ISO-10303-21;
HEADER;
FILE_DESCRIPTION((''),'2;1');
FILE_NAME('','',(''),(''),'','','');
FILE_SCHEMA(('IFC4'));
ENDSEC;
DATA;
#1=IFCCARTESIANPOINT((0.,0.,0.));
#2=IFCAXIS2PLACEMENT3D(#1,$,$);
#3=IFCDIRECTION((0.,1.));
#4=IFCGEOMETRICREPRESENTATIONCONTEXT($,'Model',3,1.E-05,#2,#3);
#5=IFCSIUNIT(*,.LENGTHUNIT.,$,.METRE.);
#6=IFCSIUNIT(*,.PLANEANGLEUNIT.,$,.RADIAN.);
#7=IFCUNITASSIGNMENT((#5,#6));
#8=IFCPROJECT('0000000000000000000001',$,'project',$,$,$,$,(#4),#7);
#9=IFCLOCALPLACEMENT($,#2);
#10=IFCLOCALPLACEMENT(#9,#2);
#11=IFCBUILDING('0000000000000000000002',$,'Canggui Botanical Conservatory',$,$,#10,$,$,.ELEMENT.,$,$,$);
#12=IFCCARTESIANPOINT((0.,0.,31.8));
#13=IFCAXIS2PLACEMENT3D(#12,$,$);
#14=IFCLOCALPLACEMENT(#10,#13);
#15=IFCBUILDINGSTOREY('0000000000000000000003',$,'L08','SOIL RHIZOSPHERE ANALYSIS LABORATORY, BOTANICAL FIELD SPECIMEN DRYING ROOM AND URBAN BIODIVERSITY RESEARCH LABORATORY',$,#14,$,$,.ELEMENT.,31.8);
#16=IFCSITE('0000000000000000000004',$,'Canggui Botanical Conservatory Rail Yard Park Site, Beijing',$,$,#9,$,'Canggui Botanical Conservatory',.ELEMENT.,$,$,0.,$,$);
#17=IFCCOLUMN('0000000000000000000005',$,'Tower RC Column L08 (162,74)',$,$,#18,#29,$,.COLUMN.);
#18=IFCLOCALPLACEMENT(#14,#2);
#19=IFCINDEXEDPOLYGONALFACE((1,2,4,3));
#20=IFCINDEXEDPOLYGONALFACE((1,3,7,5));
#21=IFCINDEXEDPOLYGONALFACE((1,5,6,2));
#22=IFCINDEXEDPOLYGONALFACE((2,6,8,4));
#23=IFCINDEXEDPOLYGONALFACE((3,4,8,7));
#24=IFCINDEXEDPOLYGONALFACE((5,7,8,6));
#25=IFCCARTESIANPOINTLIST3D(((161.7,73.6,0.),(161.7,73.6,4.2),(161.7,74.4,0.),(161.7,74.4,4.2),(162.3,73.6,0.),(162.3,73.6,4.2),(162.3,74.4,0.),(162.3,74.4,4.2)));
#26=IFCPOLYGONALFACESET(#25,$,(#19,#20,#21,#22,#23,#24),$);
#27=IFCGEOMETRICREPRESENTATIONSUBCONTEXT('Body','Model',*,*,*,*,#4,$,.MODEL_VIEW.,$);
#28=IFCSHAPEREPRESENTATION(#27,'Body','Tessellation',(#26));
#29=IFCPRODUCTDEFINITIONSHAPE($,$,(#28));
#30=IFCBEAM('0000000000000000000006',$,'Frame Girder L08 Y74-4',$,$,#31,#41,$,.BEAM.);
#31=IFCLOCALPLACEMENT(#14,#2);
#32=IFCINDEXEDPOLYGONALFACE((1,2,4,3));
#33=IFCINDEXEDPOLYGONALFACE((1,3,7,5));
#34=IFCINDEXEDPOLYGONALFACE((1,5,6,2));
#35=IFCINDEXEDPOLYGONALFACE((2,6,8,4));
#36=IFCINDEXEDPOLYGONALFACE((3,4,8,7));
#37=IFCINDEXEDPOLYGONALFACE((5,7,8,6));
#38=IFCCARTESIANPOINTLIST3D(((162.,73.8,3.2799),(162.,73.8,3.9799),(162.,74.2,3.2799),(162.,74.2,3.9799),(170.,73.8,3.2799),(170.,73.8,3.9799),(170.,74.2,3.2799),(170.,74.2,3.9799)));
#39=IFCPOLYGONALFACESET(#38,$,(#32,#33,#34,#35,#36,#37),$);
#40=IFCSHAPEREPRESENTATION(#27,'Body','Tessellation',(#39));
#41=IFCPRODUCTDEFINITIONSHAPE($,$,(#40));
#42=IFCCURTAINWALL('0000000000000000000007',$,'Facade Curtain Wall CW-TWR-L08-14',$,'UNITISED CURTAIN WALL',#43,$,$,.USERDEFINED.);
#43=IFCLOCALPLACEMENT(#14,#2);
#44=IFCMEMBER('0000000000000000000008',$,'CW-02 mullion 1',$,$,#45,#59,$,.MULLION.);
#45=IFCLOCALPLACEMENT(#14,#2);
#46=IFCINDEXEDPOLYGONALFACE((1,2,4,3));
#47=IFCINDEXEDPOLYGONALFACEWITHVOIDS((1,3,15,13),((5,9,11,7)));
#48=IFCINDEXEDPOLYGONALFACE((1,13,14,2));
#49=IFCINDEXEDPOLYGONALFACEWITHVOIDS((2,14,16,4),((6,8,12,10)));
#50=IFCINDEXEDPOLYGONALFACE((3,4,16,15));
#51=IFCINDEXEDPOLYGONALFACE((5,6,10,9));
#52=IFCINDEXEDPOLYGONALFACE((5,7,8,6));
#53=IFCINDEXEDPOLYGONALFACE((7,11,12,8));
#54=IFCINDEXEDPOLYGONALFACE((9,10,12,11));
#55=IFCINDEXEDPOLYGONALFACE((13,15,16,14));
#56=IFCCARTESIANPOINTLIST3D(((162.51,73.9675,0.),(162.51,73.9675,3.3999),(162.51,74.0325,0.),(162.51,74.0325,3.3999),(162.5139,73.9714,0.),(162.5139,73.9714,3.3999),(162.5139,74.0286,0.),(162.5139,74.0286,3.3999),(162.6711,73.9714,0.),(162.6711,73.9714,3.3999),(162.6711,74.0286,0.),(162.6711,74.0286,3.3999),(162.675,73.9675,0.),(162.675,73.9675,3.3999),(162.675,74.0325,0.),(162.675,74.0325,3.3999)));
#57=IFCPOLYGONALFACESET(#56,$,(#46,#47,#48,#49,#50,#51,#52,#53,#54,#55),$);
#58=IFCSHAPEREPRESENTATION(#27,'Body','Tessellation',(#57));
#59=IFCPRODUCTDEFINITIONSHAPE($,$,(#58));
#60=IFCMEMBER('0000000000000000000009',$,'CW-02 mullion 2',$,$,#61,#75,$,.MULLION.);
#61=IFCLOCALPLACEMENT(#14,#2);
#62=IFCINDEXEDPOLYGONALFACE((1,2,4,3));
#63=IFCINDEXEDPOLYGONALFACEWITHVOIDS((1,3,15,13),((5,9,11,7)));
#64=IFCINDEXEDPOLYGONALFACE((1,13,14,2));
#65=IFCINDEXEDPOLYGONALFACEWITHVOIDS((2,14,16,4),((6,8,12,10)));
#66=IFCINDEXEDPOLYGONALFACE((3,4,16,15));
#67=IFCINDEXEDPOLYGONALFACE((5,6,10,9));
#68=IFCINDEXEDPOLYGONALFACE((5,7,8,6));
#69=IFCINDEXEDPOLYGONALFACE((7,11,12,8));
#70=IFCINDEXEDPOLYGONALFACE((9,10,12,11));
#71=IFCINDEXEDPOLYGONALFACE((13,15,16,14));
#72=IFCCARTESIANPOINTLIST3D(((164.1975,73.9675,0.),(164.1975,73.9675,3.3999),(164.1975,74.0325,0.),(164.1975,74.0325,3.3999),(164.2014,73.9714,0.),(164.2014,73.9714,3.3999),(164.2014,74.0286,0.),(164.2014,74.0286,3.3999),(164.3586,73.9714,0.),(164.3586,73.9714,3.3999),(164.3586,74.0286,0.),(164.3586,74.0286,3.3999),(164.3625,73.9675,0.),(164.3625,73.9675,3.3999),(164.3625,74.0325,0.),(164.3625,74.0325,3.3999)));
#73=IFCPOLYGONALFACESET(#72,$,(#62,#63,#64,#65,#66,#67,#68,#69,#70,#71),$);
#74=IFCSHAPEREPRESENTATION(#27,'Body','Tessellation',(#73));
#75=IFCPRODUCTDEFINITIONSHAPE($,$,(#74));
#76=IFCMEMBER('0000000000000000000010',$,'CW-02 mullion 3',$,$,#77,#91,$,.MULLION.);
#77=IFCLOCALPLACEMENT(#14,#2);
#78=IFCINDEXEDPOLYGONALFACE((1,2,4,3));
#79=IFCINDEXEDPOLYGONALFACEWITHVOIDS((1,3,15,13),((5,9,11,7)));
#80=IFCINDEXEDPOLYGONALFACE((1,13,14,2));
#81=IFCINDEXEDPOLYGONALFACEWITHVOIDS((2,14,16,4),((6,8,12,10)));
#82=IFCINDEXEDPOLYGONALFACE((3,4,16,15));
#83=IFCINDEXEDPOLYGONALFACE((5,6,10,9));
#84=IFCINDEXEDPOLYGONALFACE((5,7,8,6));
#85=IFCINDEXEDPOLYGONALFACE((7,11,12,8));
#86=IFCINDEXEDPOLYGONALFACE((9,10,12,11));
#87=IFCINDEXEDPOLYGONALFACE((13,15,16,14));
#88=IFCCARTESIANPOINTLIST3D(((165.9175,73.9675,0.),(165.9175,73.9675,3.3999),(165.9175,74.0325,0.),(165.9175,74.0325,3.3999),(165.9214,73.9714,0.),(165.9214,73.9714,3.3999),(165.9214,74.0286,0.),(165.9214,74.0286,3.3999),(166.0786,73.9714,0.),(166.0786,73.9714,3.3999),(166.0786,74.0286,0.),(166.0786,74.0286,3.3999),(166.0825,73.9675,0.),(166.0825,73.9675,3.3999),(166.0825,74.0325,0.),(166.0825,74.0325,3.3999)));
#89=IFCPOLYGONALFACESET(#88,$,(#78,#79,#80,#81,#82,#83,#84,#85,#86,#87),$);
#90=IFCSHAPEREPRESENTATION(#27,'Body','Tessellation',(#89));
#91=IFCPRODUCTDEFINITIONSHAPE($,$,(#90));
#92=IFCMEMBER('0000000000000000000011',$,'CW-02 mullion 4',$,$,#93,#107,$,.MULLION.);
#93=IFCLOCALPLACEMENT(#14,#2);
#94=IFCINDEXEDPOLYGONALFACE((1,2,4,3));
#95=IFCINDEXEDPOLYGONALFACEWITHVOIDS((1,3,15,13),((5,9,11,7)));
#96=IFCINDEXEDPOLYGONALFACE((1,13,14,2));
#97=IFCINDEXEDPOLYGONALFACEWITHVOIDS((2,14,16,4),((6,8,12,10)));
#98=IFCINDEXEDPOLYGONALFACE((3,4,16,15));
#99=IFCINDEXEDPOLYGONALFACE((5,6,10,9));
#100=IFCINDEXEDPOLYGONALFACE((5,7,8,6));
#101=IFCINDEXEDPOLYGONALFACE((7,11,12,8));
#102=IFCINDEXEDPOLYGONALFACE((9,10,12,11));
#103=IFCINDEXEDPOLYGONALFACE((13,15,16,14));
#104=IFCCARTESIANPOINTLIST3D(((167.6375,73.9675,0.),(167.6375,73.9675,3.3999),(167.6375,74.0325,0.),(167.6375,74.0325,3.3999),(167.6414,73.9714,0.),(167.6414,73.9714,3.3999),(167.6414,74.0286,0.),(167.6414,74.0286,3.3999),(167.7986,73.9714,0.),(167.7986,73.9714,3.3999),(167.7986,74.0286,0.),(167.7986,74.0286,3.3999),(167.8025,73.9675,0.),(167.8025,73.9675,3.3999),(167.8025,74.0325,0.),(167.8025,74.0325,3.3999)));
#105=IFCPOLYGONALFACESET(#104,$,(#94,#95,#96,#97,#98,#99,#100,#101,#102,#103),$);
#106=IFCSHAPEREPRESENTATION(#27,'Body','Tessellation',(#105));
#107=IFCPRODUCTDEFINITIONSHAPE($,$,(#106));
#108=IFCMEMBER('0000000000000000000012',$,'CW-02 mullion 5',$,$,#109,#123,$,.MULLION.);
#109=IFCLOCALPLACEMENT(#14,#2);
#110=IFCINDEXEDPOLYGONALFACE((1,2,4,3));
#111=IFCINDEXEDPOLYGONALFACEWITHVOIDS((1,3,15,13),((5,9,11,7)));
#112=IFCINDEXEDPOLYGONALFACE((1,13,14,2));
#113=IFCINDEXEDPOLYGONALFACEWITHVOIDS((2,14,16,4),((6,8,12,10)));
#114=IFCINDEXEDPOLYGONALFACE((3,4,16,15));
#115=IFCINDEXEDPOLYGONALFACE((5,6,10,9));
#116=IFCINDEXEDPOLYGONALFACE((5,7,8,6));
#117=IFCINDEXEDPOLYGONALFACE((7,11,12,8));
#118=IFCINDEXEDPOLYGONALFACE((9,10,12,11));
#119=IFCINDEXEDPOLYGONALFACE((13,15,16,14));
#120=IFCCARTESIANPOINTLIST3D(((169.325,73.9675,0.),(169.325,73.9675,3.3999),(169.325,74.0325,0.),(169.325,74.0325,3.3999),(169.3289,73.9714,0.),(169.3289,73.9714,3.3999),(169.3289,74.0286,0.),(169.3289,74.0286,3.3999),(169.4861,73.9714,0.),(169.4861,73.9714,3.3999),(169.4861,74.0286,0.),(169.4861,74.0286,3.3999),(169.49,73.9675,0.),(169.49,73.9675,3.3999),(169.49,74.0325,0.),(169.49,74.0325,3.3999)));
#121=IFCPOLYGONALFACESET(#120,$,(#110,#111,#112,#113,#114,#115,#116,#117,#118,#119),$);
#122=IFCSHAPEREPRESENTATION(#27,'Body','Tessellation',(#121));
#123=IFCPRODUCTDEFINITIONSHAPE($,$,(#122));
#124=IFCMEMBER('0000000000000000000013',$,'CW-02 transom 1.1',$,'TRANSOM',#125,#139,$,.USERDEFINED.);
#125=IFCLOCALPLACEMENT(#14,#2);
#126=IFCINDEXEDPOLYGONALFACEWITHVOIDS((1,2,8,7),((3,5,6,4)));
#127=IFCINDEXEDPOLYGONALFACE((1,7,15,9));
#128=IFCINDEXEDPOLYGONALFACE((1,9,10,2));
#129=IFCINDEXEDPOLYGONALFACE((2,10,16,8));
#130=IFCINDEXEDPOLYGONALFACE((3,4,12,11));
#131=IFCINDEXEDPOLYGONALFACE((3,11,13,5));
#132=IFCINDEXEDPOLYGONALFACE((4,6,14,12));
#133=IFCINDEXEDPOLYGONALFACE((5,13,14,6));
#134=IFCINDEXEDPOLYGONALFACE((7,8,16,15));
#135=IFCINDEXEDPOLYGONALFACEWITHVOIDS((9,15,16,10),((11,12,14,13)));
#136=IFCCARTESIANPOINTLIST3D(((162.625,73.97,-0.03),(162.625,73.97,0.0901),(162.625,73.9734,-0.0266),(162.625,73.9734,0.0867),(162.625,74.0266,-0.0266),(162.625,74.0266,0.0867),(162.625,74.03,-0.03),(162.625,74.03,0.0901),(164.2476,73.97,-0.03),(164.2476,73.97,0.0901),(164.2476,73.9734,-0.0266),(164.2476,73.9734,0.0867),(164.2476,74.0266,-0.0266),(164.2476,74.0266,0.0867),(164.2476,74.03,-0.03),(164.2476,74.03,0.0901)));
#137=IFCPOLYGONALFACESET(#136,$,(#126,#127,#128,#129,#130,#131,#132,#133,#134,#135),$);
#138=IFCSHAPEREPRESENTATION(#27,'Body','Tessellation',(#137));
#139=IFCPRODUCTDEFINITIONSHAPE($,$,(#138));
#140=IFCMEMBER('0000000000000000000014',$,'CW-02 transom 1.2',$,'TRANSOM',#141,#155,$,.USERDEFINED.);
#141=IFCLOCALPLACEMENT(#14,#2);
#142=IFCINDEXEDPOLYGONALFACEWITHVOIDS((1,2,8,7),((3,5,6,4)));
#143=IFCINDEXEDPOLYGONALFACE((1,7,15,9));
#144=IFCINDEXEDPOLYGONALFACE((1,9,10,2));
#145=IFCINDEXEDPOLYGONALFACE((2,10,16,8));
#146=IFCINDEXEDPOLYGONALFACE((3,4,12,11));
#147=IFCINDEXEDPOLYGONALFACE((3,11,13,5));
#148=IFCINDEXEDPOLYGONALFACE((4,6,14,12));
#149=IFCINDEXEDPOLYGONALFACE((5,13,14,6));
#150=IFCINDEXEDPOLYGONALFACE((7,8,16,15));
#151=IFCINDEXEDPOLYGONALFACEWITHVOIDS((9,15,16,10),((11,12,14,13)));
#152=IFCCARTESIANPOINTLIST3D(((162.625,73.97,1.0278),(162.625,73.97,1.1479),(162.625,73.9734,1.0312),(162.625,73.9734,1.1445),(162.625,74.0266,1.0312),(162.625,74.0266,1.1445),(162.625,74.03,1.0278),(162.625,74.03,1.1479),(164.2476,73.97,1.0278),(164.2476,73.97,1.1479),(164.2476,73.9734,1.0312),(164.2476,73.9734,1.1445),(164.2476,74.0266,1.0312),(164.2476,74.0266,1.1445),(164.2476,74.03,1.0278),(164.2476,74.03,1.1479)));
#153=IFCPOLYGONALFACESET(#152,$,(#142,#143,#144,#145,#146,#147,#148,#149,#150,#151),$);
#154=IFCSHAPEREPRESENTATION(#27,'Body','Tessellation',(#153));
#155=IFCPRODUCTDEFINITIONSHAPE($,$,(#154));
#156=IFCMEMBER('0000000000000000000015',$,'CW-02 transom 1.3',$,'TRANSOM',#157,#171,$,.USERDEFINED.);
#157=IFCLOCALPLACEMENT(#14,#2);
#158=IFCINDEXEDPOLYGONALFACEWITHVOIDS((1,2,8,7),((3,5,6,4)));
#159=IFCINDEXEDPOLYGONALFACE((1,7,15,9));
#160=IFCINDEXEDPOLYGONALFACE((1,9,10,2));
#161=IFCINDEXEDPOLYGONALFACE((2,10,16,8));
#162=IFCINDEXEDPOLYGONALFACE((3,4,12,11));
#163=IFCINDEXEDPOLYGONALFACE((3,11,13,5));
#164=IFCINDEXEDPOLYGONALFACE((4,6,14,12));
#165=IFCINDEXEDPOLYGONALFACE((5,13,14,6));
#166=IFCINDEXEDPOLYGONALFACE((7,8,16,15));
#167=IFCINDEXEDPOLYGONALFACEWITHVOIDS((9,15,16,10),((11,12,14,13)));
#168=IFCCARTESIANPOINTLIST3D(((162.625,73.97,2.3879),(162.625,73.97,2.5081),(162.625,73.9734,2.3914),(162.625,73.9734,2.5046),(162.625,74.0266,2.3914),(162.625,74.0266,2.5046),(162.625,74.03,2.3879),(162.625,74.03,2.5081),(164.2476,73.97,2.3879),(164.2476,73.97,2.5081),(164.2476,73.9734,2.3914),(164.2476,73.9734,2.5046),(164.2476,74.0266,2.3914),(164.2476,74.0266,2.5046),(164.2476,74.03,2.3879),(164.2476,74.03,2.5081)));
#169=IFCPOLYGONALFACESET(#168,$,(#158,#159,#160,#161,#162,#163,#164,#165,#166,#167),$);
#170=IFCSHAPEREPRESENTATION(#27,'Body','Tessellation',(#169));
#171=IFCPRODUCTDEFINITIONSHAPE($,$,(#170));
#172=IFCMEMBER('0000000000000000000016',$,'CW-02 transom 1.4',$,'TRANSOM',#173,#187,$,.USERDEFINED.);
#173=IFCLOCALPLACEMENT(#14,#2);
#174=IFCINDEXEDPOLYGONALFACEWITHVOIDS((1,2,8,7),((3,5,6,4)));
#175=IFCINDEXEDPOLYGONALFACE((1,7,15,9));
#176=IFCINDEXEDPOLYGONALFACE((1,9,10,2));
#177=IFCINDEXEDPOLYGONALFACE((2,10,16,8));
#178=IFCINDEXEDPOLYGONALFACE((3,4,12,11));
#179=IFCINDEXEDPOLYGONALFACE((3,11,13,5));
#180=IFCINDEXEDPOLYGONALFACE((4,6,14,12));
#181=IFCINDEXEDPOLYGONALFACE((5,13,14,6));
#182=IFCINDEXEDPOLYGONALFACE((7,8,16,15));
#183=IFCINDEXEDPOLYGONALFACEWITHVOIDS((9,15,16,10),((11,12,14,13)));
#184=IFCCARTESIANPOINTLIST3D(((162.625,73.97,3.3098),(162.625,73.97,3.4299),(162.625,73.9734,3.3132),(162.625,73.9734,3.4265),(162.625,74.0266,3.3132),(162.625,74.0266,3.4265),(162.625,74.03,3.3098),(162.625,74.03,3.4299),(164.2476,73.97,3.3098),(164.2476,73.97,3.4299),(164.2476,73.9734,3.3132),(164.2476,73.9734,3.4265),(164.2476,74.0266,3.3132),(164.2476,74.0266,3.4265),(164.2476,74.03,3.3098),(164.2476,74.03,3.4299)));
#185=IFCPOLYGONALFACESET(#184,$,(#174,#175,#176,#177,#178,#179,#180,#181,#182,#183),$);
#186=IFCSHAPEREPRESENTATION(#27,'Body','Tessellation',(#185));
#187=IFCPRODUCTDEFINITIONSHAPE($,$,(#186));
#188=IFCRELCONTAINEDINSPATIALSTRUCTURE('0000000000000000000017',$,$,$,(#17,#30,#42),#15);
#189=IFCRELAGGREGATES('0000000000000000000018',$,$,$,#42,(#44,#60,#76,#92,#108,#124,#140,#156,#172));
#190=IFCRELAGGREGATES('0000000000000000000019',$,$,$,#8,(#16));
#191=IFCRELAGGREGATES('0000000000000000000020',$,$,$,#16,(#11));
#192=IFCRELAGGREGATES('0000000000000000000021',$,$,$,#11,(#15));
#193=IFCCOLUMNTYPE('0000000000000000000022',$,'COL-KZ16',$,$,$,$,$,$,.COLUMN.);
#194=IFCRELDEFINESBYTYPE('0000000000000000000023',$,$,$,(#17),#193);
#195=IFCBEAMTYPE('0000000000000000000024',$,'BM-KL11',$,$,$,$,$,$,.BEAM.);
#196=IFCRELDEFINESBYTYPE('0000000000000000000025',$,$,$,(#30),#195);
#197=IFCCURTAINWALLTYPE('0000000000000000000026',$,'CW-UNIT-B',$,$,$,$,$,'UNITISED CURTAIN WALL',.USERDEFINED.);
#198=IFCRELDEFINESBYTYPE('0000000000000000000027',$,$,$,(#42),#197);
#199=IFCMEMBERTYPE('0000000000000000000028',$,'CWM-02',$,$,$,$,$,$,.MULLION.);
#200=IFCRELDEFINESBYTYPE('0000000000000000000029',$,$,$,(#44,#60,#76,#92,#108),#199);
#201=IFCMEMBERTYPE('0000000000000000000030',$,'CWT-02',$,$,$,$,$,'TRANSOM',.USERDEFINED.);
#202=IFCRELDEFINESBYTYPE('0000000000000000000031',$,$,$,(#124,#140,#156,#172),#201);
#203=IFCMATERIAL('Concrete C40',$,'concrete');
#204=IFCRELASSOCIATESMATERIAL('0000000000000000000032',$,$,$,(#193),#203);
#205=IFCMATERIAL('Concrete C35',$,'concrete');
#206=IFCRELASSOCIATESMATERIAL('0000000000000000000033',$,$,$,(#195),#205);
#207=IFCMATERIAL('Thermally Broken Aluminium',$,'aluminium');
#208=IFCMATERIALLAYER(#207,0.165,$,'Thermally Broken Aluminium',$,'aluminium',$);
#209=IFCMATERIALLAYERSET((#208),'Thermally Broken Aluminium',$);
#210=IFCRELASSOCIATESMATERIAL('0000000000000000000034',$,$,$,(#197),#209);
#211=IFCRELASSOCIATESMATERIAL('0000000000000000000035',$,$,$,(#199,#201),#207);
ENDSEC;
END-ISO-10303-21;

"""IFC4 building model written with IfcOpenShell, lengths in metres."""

from ifc_helpers import new_model, si_unit, direction, frame, origin, origin_2d, place, context, subcontext, project, spatial, rectangle, hollow_rectangle, extrude, material, layer, layer_set, material_profile, profile_set, type_object, element, aggregate, save


model = new_model("IFC4")

# Units and contexts
model_context = context("Model", 3, precision=1e-05, world=origin(), true_north=direction((0.0, 1.0)))
body_context = subcontext(model_context, "Body", "Model", "MODEL_VIEW")
ifc_project = project(units=[si_unit("LENGTHUNIT", "METRE"), si_unit("PLANEANGLEUNIT", "RADIAN")], contexts=[model_context])

# Site, building, storey
site_placement = place(None, origin())
site = spatial("IfcSite", under=ifc_project, at=site_placement, Name="Canggui Botanical Conservatory Rail Yard Park Site, Beijing", LongName="Canggui Botanical Conservatory", CompositionType="ELEMENT", RefElevation=0.0)
building_placement = place(site_placement, origin())
building = spatial("IfcBuilding", under=site, at=building_placement, Name="Canggui Botanical Conservatory", CompositionType="ELEMENT")
storey_placement = place(building_placement, frame((0.0, 0.0, 31.8)))
storey = spatial("IfcBuildingStorey", under=building, at=storey_placement, Name="L08", Description="SOIL RHIZOSPHERE ANALYSIS LABORATORY, BOTANICAL FIELD SPECIMEN DRYING ROOM AND URBAN BIODIVERSITY RESEARCH LABORATORY", CompositionType="ELEMENT", Elevation=31.8)

# Column
ifc_material_1 = material(Name="Concrete C40", Category="concrete")
ifc_material_profile_1 = material_profile(ifc_material_1, rectangle(XDim=0.6001, YDim=0.8, at=origin_2d()), Name="RC 600x800")
ifc_profile_set_1 = profile_set([ifc_material_profile_1], Name="Concrete C40")
column_type = type_object("IfcColumnType", Name="COL-KZ16", PredefinedType="COLUMN", material=ifc_profile_set_1)
column_placement = place(storey_placement, frame((162.0, 74.0, 0.0), z_axis=(0.0, 0.0, 1.0), x_axis=(1.0, 0.0, 0.0)))
element("IfcColumn", 1, at=column_placement, inside=storey, type_object=column_type, Name="Tower RC Column L08 (162,74)", PredefinedType="COLUMN", context=body_context, shape_type="SweptSolid", body=[
    extrude(rectangle(XDim=0.6001, YDim=0.8, at=origin_2d()), origin(), (0.0, 0.0, 1.0), 4.2),
])

# Beam
ifc_material_2 = material(Name="Concrete C35", Category="concrete")
ifc_material_profile_2 = material_profile(ifc_material_2, rectangle(XDim=0.3999, YDim=0.7, at=origin_2d()), Name="RB 400x700")
ifc_profile_set_2 = profile_set([ifc_material_profile_2], Name="Concrete C35")
beam_type = type_object("IfcBeamType", Name="BM-KL11", PredefinedType="BEAM", material=ifc_profile_set_2)
beam_placement = place(storey_placement, frame((162.0, 74.0, 3.6299), z_axis=(1.0, 0.0, 0.0), x_axis=(0.0, 1.0, 0.0)))
element("IfcBeam", 2, at=beam_placement, inside=storey, type_object=beam_type, Name="Frame Girder L08 Y74-4", PredefinedType="BEAM", context=body_context, shape_type="SweptSolid", body=[
    extrude(rectangle(XDim=0.3999, YDim=0.7, at=origin_2d()), origin(), (0.0, 0.0, 1.0), 8.0),
])

# Curtain wall, members
ifc_material_3 = material(Name="Thermally Broken Aluminium", Category="aluminium")
ifc_layer_1 = layer(ifc_material_3, 0.165, Name="Thermally Broken Aluminium", Category="aluminium")
ifc_layer_set_1 = layer_set([ifc_layer_1], Name="Thermally Broken Aluminium")
curtain_wall_type = type_object("IfcCurtainWallType", Name="CW-UNIT-B", ElementType="UNITISED CURTAIN WALL", PredefinedType="USERDEFINED", material=ifc_layer_set_1)
curtain_wall_placement = place(storey_placement, origin())
curtain_wall = element("IfcCurtainWall", 3, at=curtain_wall_placement, inside=storey, type_object=curtain_wall_type, Name="Facade Curtain Wall CW-TWR-L08-14", ObjectType="UNITISED CURTAIN WALL", PredefinedType="USERDEFINED")
ifc_material_profile_3 = material_profile(ifc_material_3, hollow_rectangle(XDim=0.0649, YDim=0.165, WallThickness=0.0039, at=origin_2d()), Name="CWM 65x165x4")
ifc_profile_set_3 = profile_set([ifc_material_profile_3], Name="Thermally Broken Aluminium")
member_type_1 = type_object("IfcMemberType", Name="CWM-02", PredefinedType="MULLION", material=ifc_profile_set_3)
member_1_placement = place(storey_placement, frame((162.5925, 74.0, 0.0), z_axis=(0.0, 0.0, 1.0), x_axis=(0.0, 1.0, 0.0)))
member_1 = element("IfcMember", 4, at=member_1_placement, type_object=member_type_1, Name="CW-02 mullion 1", PredefinedType="MULLION", context=body_context, shape_type="SweptSolid", body=[
    extrude(hollow_rectangle(XDim=0.0649, YDim=0.165, WallThickness=0.0039, at=origin_2d()), origin(), (0.0, 0.0, 1.0), 3.3999),
])
member_2_placement = place(storey_placement, frame((164.28, 74.0, 0.0), z_axis=(0.0, 0.0, 1.0), x_axis=(0.0, 1.0, 0.0)))
member_2 = element("IfcMember", 5, at=member_2_placement, type_object=member_type_1, Name="CW-02 mullion 2", PredefinedType="MULLION", context=body_context, shape_type="SweptSolid", body=[
    extrude(hollow_rectangle(XDim=0.0649, YDim=0.165, WallThickness=0.0039, at=origin_2d()), origin(), (0.0, 0.0, 1.0), 3.3999),
])
member_3_placement = place(storey_placement, frame((166.0, 74.0, 0.0), z_axis=(0.0, 0.0, 1.0), x_axis=(0.0, 1.0, 0.0)))
member_3 = element("IfcMember", 6, at=member_3_placement, type_object=member_type_1, Name="CW-02 mullion 3", PredefinedType="MULLION", context=body_context, shape_type="SweptSolid", body=[
    extrude(hollow_rectangle(XDim=0.0649, YDim=0.165, WallThickness=0.0039, at=origin_2d()), origin(), (0.0, 0.0, 1.0), 3.3999),
])
member_4_placement = place(storey_placement, frame((167.72, 74.0, 0.0), z_axis=(0.0, 0.0, 1.0), x_axis=(0.0, 1.0, 0.0)))
member_4 = element("IfcMember", 7, at=member_4_placement, type_object=member_type_1, Name="CW-02 mullion 4", PredefinedType="MULLION", context=body_context, shape_type="SweptSolid", body=[
    extrude(hollow_rectangle(XDim=0.0649, YDim=0.165, WallThickness=0.0039, at=origin_2d()), origin(), (0.0, 0.0, 1.0), 3.3999),
])
member_5_placement = place(storey_placement, frame((169.4075, 74.0, 0.0), z_axis=(0.0, 0.0, 1.0), x_axis=(0.0, 1.0, 0.0)))
member_5 = element("IfcMember", 8, at=member_5_placement, type_object=member_type_1, Name="CW-02 mullion 5", PredefinedType="MULLION", context=body_context, shape_type="SweptSolid", body=[
    extrude(hollow_rectangle(XDim=0.0649, YDim=0.165, WallThickness=0.0039, at=origin_2d()), origin(), (0.0, 0.0, 1.0), 3.3999),
])
ifc_material_profile_4 = material_profile(ifc_material_3, hollow_rectangle(XDim=0.0601, YDim=0.1201, WallThickness=0.0034, at=origin_2d()), Name="CWT 60x120x3.5")
ifc_profile_set_4 = profile_set([ifc_material_profile_4], Name="Thermally Broken Aluminium")
member_type_2 = type_object("IfcMemberType", Name="CWT-02", ElementType="TRANSOM", PredefinedType="USERDEFINED", material=ifc_profile_set_4)
member_6_placement = place(storey_placement, frame((162.625, 74.0, 0.03), z_axis=(1.0, 0.0, 0.0), x_axis=(0.0, 1.0, 0.0)))
member_6 = element("IfcMember", 9, at=member_6_placement, type_object=member_type_2, Name="CW-02 transom 1.1", ObjectType="TRANSOM", PredefinedType="USERDEFINED", context=body_context, shape_type="SweptSolid", body=[
    extrude(hollow_rectangle(XDim=0.0601, YDim=0.1201, WallThickness=0.0034, at=origin_2d()), origin(), (0.0, 0.0, 1.0), 1.6226),
])
member_7_placement = place(storey_placement, frame((162.625, 74.0, 1.0879), z_axis=(1.0, 0.0, 0.0), x_axis=(0.0, 1.0, 0.0)))
member_7 = element("IfcMember", 10, at=member_7_placement, type_object=member_type_2, Name="CW-02 transom 1.2", ObjectType="TRANSOM", PredefinedType="USERDEFINED", context=body_context, shape_type="SweptSolid", body=[
    extrude(hollow_rectangle(XDim=0.0601, YDim=0.1201, WallThickness=0.0034, at=origin_2d()), origin(), (0.0, 0.0, 1.0), 1.6226),
])
member_8_placement = place(storey_placement, frame((162.625, 74.0, 2.448), z_axis=(1.0, 0.0, 0.0), x_axis=(0.0, 1.0, 0.0)))
member_8 = element("IfcMember", 11, at=member_8_placement, type_object=member_type_2, Name="CW-02 transom 1.3", ObjectType="TRANSOM", PredefinedType="USERDEFINED", context=body_context, shape_type="SweptSolid", body=[
    extrude(hollow_rectangle(XDim=0.0601, YDim=0.1201, WallThickness=0.0034, at=origin_2d()), origin(), (0.0, 0.0, 1.0), 1.6226),
])
member_9_placement = place(storey_placement, frame((162.625, 74.0, 3.3699), z_axis=(1.0, 0.0, 0.0), x_axis=(0.0, 1.0, 0.0)))
member_9 = element("IfcMember", 12, at=member_9_placement, type_object=member_type_2, Name="CW-02 transom 1.4", ObjectType="TRANSOM", PredefinedType="USERDEFINED", context=body_context, shape_type="SweptSolid", body=[
    extrude(hollow_rectangle(XDim=0.0601, YDim=0.1201, WallThickness=0.0034, at=origin_2d()), origin(), (0.0, 0.0, 1.0), 1.6226),
])
aggregate(curtain_wall, [member_1, member_2, member_3, member_4, member_5, member_6, member_7, member_8, member_9])

save(model, "model.ifc")
